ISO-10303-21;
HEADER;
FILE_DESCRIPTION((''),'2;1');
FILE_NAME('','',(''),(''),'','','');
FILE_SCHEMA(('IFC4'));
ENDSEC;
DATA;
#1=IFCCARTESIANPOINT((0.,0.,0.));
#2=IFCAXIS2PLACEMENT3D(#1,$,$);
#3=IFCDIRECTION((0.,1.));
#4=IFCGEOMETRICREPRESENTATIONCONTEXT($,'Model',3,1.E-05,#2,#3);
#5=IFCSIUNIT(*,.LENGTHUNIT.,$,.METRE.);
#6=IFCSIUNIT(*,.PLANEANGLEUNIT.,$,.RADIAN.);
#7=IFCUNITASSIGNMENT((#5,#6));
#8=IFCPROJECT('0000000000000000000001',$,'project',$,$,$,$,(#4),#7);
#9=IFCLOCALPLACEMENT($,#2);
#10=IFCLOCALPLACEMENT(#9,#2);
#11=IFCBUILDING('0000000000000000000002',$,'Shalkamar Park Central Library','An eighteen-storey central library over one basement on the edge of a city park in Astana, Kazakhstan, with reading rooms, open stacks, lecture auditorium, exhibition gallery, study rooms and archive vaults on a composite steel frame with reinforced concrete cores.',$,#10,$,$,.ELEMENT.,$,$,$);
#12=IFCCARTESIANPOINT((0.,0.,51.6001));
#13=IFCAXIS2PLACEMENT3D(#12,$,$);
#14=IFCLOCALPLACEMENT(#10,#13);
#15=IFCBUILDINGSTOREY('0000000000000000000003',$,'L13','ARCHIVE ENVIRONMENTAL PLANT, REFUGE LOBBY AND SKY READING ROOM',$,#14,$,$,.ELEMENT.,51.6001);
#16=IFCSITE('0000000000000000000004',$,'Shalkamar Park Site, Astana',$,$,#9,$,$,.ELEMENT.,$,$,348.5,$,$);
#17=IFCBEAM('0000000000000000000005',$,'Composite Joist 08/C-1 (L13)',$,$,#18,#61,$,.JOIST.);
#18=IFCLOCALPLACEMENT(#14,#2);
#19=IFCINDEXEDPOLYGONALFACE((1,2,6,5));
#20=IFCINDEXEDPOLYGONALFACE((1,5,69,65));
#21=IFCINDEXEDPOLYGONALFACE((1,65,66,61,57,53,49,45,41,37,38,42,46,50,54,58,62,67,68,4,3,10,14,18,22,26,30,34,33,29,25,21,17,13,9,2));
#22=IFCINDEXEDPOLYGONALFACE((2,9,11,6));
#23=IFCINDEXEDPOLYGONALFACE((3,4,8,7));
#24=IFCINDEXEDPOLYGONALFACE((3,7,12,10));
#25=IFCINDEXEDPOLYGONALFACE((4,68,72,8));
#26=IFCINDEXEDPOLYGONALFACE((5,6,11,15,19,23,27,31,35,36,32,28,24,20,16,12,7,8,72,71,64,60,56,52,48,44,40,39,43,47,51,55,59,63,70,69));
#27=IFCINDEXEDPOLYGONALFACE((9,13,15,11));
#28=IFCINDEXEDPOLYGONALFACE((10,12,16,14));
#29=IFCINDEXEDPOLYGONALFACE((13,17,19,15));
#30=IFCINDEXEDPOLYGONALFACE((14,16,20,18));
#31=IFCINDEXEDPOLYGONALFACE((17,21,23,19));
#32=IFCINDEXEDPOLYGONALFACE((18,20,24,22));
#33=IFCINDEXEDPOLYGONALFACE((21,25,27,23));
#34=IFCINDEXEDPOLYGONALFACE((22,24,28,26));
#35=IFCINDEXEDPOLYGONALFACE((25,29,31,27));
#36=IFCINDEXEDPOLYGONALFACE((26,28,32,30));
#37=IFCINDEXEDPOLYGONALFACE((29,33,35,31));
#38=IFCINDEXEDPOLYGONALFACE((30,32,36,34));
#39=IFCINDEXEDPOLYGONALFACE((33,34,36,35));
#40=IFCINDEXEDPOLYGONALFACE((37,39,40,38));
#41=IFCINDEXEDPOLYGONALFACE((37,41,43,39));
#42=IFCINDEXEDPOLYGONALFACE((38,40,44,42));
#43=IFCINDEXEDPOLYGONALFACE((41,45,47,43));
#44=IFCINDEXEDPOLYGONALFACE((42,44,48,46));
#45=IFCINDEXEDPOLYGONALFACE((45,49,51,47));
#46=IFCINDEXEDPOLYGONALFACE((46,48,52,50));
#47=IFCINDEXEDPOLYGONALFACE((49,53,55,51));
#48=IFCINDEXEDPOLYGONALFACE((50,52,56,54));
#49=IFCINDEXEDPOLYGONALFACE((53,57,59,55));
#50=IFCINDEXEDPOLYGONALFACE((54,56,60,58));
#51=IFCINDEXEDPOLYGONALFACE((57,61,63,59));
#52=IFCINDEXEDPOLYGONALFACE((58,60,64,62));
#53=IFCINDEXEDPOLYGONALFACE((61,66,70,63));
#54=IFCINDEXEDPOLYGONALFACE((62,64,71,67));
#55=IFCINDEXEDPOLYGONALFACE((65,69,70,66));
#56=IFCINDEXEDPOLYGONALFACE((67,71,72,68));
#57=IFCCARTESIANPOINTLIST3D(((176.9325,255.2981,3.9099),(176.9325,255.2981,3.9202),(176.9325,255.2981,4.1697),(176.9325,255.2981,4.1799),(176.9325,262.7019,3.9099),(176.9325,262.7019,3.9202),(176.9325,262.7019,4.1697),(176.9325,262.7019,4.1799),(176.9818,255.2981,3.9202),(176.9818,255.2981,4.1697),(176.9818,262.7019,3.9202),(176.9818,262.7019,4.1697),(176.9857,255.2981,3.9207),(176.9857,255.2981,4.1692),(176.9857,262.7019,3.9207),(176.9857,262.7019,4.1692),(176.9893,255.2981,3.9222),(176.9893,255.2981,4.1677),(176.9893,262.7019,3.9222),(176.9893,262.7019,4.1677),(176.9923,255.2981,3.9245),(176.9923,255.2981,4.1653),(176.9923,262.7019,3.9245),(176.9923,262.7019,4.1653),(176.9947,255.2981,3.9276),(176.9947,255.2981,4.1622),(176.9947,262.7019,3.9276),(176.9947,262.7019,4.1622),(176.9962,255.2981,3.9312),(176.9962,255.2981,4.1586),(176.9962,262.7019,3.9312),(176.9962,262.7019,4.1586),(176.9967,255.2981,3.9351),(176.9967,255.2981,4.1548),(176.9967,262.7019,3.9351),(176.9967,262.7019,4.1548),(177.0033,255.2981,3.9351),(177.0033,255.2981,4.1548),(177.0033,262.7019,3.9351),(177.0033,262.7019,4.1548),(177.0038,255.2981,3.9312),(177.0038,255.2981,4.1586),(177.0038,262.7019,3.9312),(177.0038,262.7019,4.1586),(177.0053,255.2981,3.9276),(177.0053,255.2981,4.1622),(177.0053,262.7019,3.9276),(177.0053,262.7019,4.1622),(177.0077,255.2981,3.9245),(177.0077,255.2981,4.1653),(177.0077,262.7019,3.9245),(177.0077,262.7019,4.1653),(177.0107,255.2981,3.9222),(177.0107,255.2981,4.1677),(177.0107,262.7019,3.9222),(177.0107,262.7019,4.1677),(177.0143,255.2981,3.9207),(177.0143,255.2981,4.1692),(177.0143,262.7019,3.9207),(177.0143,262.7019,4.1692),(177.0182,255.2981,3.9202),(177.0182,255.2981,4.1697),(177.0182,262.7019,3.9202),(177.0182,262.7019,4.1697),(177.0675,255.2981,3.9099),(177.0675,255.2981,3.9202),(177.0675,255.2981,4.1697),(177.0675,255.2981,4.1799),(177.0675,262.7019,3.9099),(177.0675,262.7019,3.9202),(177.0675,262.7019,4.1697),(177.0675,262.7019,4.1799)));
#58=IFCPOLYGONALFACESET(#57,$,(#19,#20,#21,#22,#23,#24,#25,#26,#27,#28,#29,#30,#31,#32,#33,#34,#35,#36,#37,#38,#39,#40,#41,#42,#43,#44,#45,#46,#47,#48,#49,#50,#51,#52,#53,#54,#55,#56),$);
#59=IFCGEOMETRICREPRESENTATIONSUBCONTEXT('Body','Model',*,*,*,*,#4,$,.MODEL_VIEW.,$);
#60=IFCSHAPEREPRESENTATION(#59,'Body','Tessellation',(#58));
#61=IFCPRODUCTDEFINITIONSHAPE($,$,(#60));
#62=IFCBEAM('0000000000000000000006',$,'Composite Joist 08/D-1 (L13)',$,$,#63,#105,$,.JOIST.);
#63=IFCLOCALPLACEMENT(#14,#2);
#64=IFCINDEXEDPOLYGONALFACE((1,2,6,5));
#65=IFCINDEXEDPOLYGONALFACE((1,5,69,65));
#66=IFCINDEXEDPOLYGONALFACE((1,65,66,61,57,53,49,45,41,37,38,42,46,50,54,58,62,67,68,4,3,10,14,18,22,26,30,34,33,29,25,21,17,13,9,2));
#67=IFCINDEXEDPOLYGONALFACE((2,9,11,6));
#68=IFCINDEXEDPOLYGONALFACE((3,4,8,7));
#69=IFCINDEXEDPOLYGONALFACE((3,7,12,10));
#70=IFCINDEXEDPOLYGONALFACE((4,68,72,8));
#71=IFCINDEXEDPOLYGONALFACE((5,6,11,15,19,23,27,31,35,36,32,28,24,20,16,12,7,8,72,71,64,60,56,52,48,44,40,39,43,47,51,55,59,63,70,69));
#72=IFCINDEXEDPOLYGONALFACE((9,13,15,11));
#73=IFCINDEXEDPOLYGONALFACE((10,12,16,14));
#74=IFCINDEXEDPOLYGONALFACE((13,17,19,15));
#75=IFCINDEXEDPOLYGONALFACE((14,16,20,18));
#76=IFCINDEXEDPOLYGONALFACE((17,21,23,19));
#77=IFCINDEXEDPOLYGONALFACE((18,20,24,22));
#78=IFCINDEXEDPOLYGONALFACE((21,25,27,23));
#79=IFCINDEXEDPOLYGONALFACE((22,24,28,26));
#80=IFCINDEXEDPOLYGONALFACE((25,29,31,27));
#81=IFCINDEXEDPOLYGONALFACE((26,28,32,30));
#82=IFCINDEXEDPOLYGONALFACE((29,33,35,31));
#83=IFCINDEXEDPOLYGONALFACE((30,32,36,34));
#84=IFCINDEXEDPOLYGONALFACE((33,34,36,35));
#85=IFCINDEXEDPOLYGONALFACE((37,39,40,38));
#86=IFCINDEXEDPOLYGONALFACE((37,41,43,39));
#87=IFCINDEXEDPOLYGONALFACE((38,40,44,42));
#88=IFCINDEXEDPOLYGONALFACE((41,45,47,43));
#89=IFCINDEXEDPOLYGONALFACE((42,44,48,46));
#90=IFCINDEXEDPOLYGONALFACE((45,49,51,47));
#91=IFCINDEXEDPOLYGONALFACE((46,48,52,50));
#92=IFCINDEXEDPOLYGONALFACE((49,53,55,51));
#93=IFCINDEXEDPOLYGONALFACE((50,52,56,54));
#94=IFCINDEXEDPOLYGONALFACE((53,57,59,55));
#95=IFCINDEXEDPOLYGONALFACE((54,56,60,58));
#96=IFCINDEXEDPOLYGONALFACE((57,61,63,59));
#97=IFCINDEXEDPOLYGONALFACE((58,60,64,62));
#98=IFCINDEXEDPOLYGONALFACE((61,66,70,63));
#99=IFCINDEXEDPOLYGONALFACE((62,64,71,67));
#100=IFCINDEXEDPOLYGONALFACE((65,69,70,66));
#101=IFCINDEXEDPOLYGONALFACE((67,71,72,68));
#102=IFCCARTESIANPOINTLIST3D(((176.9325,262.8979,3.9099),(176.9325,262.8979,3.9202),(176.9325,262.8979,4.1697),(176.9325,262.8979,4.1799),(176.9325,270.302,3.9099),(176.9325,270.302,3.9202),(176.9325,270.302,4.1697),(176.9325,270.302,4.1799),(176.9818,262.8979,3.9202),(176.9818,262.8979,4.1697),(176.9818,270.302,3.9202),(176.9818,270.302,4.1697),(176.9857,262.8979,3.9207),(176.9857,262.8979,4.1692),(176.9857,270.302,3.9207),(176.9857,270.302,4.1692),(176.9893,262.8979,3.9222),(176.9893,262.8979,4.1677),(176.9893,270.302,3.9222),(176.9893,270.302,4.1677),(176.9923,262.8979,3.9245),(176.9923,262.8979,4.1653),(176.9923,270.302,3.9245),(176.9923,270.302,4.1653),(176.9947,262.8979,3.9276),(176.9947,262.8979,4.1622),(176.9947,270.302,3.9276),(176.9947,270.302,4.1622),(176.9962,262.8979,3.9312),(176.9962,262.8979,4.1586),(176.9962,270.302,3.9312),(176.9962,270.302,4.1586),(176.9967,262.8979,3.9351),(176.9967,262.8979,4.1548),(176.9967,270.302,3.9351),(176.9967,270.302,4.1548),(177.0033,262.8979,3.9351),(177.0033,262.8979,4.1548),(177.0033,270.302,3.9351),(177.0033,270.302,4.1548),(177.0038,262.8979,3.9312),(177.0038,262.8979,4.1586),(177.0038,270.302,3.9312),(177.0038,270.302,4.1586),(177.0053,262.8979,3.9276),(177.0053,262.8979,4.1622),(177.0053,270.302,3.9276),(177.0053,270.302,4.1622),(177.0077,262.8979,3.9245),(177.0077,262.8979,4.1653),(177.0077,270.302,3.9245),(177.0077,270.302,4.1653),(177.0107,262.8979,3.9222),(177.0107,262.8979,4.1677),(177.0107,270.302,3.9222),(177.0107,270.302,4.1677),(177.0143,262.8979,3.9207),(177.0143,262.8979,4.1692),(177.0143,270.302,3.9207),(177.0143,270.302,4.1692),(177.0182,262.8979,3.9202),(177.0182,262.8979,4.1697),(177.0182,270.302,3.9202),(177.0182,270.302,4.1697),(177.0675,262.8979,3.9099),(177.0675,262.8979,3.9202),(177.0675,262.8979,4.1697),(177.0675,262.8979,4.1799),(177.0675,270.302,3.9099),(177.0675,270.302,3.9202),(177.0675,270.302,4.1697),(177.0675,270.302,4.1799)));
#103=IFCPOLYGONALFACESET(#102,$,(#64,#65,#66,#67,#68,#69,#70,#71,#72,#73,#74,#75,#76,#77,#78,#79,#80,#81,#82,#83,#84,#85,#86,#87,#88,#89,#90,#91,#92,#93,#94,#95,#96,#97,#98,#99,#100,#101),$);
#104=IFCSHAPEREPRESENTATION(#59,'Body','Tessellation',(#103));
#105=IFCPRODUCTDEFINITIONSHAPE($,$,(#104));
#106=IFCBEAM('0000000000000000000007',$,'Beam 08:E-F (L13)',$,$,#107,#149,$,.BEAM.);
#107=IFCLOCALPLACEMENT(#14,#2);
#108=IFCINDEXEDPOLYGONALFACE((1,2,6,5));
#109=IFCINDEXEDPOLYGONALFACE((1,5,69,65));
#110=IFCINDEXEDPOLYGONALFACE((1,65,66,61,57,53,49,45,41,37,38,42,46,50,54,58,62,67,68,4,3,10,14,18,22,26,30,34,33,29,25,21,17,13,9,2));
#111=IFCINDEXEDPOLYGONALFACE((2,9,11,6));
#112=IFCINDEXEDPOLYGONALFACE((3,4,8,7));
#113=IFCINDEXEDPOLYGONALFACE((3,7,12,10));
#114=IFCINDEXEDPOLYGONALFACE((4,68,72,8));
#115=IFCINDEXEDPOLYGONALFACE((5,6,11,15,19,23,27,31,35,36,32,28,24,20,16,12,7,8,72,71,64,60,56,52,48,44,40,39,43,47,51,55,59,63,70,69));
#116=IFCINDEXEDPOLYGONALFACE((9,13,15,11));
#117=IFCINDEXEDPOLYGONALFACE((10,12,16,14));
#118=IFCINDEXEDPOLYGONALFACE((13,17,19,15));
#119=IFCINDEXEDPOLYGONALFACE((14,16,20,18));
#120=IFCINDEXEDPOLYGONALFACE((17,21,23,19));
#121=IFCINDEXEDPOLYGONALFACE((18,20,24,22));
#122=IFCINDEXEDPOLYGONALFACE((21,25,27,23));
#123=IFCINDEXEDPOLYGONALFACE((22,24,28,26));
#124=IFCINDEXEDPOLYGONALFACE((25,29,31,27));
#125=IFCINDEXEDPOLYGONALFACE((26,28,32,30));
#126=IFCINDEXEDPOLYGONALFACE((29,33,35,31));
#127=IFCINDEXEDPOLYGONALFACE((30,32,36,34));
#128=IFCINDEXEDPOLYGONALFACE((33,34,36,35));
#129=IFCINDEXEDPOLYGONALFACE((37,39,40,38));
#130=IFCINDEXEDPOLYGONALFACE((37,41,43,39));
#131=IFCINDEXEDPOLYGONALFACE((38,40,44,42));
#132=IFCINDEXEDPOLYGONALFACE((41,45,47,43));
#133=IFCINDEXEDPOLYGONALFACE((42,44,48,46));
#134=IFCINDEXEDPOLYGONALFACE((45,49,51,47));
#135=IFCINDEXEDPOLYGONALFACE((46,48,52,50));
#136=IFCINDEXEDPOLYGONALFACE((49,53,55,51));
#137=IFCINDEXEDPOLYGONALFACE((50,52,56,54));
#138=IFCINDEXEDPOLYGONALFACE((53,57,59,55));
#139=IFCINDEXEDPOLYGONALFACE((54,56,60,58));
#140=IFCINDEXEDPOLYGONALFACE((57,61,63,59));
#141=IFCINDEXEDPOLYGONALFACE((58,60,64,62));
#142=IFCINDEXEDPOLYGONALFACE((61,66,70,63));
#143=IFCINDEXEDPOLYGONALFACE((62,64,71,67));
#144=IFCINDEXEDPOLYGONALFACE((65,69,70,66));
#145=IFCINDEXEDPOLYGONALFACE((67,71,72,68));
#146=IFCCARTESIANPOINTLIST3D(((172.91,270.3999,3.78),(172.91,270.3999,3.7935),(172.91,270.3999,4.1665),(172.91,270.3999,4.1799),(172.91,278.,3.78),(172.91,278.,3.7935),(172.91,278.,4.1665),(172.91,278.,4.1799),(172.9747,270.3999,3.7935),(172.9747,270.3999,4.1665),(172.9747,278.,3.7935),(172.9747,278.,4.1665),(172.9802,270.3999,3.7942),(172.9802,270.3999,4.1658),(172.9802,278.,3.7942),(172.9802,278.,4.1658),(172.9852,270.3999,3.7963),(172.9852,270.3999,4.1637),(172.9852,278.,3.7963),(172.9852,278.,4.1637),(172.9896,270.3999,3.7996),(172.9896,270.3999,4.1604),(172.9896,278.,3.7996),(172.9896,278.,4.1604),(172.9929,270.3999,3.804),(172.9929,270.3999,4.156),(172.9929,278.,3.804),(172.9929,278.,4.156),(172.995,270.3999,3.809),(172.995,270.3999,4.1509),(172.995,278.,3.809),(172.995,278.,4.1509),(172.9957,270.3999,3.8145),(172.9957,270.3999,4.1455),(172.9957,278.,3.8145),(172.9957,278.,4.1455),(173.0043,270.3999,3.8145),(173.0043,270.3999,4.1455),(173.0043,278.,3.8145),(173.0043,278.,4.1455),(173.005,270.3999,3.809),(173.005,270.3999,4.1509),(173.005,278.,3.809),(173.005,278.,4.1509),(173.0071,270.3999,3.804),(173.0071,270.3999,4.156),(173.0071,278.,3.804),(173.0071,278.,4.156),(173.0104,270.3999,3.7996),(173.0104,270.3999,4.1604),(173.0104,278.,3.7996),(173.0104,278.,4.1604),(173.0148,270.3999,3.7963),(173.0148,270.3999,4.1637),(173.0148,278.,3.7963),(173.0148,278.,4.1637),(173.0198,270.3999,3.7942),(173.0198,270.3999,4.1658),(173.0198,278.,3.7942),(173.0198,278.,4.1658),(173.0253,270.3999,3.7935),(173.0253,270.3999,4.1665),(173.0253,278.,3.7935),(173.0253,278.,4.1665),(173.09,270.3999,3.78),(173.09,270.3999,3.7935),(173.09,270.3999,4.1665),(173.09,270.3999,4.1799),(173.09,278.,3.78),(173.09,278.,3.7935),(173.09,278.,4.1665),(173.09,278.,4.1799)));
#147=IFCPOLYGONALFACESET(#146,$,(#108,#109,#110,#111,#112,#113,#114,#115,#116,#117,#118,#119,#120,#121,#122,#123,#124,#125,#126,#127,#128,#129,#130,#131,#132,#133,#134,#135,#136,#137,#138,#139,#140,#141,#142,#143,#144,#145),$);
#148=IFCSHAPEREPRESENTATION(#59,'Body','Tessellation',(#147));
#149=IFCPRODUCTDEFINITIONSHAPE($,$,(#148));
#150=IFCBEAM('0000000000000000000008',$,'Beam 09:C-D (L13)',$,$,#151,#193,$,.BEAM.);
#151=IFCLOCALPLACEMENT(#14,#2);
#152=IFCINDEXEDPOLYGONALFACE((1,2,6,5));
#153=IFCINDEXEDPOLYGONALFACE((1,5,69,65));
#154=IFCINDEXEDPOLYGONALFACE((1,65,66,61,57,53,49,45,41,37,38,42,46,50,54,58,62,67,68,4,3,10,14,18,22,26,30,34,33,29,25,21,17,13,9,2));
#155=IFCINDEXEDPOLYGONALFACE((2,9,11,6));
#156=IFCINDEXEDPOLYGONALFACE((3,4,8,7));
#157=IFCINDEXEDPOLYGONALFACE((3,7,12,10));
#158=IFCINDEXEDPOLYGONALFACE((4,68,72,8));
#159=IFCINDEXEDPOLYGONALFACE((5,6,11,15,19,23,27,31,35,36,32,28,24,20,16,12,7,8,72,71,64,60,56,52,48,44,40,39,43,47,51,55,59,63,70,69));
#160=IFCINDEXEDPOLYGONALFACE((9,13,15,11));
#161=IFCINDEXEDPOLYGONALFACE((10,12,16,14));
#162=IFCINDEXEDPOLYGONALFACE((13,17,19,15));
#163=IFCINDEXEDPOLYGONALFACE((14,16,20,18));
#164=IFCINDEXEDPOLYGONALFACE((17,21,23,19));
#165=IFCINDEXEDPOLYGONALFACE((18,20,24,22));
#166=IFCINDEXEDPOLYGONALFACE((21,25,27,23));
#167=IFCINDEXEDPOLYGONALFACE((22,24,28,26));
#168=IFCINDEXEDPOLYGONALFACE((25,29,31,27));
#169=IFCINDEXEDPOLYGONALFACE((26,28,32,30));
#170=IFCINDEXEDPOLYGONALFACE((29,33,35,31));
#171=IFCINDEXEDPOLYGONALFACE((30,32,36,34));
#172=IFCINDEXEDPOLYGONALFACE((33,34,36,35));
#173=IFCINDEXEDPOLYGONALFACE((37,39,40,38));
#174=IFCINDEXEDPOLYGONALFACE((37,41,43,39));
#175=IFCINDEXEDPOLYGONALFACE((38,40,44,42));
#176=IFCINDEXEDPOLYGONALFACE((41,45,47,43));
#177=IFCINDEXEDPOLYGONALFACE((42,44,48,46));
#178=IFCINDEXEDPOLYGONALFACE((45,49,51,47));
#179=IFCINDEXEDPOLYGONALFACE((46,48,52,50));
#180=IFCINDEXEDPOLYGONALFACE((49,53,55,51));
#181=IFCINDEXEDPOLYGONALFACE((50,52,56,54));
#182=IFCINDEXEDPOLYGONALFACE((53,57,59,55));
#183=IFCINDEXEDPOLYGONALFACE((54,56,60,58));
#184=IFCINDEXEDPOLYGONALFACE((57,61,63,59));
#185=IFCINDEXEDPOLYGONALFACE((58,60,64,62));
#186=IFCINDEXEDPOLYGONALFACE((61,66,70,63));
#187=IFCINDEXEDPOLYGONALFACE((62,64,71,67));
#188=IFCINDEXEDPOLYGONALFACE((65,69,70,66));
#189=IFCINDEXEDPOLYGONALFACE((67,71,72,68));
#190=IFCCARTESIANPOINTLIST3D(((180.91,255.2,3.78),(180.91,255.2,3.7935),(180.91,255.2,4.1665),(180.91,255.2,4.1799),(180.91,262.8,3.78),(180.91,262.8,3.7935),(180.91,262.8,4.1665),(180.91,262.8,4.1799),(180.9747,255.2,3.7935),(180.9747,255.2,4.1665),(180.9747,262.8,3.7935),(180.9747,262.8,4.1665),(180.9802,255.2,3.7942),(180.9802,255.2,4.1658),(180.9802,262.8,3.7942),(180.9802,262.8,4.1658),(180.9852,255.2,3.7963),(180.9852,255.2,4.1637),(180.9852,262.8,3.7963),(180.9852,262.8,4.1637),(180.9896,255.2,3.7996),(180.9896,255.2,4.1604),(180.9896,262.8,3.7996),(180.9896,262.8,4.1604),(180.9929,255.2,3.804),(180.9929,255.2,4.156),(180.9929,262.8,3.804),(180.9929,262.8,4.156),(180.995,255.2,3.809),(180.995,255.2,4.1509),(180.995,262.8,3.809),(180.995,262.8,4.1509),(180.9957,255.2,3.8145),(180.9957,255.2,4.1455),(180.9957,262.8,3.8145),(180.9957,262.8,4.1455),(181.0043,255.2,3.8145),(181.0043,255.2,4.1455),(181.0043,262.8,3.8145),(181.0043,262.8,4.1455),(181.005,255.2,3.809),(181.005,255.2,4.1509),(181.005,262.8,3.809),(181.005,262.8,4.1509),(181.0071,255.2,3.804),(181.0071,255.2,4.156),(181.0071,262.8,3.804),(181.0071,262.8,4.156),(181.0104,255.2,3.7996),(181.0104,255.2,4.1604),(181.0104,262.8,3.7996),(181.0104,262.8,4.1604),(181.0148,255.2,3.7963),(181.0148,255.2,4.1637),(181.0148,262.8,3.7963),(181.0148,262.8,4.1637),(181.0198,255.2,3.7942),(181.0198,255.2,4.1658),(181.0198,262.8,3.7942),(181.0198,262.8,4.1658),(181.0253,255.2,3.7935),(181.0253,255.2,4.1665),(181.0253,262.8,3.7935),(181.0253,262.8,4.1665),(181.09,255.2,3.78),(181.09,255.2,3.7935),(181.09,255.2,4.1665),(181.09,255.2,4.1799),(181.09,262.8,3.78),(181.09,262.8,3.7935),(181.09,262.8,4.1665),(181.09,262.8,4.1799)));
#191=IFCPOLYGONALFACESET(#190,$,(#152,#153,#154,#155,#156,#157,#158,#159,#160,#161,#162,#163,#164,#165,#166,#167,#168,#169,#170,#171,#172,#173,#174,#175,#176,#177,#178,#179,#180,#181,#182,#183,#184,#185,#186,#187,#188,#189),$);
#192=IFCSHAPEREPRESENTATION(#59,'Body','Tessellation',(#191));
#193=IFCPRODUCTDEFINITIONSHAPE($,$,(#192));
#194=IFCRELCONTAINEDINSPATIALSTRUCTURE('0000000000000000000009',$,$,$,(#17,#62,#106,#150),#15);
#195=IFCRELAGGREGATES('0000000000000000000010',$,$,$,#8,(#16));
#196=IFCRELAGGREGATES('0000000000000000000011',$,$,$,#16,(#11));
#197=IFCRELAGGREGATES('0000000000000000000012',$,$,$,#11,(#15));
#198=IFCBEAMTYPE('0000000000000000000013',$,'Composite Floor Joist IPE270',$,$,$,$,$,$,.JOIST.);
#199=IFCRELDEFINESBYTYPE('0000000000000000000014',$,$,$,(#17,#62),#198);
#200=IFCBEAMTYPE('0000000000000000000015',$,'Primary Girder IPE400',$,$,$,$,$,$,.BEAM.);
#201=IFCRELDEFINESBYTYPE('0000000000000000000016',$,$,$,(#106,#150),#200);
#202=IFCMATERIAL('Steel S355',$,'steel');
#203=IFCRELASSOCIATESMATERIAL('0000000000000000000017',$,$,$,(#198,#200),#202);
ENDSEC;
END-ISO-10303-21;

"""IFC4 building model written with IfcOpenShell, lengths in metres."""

from ifc_helpers import new_model, si_unit, direction, frame, origin, origin_2d, place, context, subcontext, project, spatial, i_section, extrude, material, material_profile, profile_set, type_object, element, save


model = new_model("IFC4")

# Units and contexts
model_context = context("Model", 3, precision=1e-05, world=origin(), true_north=direction((0.0, 1.0)))
body_context = subcontext(model_context, "Body", "Model", "MODEL_VIEW")
ifc_project = project(units=[si_unit("LENGTHUNIT", "METRE"), si_unit("PLANEANGLEUNIT", "RADIAN")], contexts=[model_context])

# Site, building, storey
site_placement = place(None, origin())
site = spatial("IfcSite", under=ifc_project, at=site_placement, Name="Shalkamar Park Site, Astana", CompositionType="ELEMENT", RefElevation=348.5)
building_placement = place(site_placement, origin())
building = spatial("IfcBuilding", under=site, at=building_placement, Name="Shalkamar Park Central Library", Description="An eighteen-storey central library over one basement on the edge of a city park in Astana, Kazakhstan, with reading rooms, open stacks, lecture auditorium, exhibition gallery, study rooms and archive vaults on a composite steel frame with reinforced concrete cores.", CompositionType="ELEMENT")
storey_placement = place(building_placement, frame((0.0, 0.0, 51.6001)))
storey = spatial("IfcBuildingStorey", under=building, at=storey_placement, Name="L13", Description="ARCHIVE ENVIRONMENTAL PLANT, REFUGE LOBBY AND SKY READING ROOM", CompositionType="ELEMENT", Elevation=51.6001)

# Shared definitions
ifc_material_1 = material(Name="Steel S355", Category="steel")

# Beams
ifc_material_profile_1 = material_profile(ifc_material_1, i_section(OverallWidth=0.135, OverallDepth=0.27, WebThickness=0.0066, FlangeThickness=0.0103, FilletRadius=0.0149, at=origin_2d()), Name="IPE 270")
ifc_profile_set_1 = profile_set([ifc_material_profile_1], Name="Steel S355")
beam_type_1 = type_object("IfcBeamType", Name="Composite Floor Joist IPE270", PredefinedType="JOIST", material=ifc_profile_set_1)
beam_1_placement = place(storey_placement, frame((177.0, 255.2981, 4.0449), z_axis=(0.0, 1.0, 0.0), x_axis=(-1.0, 0.0, 0.0)))
element("IfcBeam", 1, at=beam_1_placement, inside=storey, type_object=beam_type_1, Name="Composite Joist 08/C-1 (L13)", PredefinedType="JOIST", context=body_context, shape_type="SweptSolid", body=[
    extrude(i_section(OverallWidth=0.135, OverallDepth=0.27, WebThickness=0.0066, FlangeThickness=0.0103, FilletRadius=0.0149, at=origin_2d()), origin(), (0.0, 0.0, 1.0), 7.4038),
])
beam_2_placement = place(storey_placement, frame((177.0, 262.8979, 4.0449), z_axis=(0.0, 1.0, 0.0), x_axis=(-1.0, 0.0, 0.0)))
element("IfcBeam", 2, at=beam_2_placement, inside=storey, type_object=beam_type_1, Name="Composite Joist 08/D-1 (L13)", PredefinedType="JOIST", context=body_context, shape_type="SweptSolid", body=[
    extrude(i_section(OverallWidth=0.135, OverallDepth=0.27, WebThickness=0.0066, FlangeThickness=0.0103, FilletRadius=0.0149, at=origin_2d()), origin(), (0.0, 0.0, 1.0), 7.4041),
])
ifc_material_profile_2 = material_profile(ifc_material_1, i_section(OverallWidth=0.1799, OverallDepth=0.3999, WebThickness=0.0085, FlangeThickness=0.0134, FilletRadius=0.021, at=origin_2d()), Name="IPE 400")
ifc_profile_set_2 = profile_set([ifc_material_profile_2], Name="Steel S355")
beam_type_2 = type_object("IfcBeamType", Name="Primary Girder IPE400", PredefinedType="BEAM", material=ifc_profile_set_2)
for number, where, z_axis, x_axis, name in (
    (3, (173.0, 270.3999, 3.98), (0.0, 1.0, 0.0), (-1.0, 0.0, 0.0), "Beam 08:E-F (L13)"),
    (4, (181.0, 255.2, 3.98), (0.0, 1.0, 0.0), (-1.0, 0.0, 0.0), "Beam 09:C-D (L13)"),
):
    element("IfcBeam", number, at=place(storey_placement, frame(where, z_axis=z_axis, x_axis=x_axis)), inside=storey, type_object=beam_type_2, Name=name, PredefinedType="BEAM", context=body_context, shape_type="SweptSolid", body=[
        extrude(i_section(OverallWidth=0.1799, OverallDepth=0.3999, WebThickness=0.0085, FlangeThickness=0.0134, FilletRadius=0.021, at=origin_2d()), origin(), (0.0, 0.0, 1.0), 7.6001),
    ])

save(model, "model.ifc")
